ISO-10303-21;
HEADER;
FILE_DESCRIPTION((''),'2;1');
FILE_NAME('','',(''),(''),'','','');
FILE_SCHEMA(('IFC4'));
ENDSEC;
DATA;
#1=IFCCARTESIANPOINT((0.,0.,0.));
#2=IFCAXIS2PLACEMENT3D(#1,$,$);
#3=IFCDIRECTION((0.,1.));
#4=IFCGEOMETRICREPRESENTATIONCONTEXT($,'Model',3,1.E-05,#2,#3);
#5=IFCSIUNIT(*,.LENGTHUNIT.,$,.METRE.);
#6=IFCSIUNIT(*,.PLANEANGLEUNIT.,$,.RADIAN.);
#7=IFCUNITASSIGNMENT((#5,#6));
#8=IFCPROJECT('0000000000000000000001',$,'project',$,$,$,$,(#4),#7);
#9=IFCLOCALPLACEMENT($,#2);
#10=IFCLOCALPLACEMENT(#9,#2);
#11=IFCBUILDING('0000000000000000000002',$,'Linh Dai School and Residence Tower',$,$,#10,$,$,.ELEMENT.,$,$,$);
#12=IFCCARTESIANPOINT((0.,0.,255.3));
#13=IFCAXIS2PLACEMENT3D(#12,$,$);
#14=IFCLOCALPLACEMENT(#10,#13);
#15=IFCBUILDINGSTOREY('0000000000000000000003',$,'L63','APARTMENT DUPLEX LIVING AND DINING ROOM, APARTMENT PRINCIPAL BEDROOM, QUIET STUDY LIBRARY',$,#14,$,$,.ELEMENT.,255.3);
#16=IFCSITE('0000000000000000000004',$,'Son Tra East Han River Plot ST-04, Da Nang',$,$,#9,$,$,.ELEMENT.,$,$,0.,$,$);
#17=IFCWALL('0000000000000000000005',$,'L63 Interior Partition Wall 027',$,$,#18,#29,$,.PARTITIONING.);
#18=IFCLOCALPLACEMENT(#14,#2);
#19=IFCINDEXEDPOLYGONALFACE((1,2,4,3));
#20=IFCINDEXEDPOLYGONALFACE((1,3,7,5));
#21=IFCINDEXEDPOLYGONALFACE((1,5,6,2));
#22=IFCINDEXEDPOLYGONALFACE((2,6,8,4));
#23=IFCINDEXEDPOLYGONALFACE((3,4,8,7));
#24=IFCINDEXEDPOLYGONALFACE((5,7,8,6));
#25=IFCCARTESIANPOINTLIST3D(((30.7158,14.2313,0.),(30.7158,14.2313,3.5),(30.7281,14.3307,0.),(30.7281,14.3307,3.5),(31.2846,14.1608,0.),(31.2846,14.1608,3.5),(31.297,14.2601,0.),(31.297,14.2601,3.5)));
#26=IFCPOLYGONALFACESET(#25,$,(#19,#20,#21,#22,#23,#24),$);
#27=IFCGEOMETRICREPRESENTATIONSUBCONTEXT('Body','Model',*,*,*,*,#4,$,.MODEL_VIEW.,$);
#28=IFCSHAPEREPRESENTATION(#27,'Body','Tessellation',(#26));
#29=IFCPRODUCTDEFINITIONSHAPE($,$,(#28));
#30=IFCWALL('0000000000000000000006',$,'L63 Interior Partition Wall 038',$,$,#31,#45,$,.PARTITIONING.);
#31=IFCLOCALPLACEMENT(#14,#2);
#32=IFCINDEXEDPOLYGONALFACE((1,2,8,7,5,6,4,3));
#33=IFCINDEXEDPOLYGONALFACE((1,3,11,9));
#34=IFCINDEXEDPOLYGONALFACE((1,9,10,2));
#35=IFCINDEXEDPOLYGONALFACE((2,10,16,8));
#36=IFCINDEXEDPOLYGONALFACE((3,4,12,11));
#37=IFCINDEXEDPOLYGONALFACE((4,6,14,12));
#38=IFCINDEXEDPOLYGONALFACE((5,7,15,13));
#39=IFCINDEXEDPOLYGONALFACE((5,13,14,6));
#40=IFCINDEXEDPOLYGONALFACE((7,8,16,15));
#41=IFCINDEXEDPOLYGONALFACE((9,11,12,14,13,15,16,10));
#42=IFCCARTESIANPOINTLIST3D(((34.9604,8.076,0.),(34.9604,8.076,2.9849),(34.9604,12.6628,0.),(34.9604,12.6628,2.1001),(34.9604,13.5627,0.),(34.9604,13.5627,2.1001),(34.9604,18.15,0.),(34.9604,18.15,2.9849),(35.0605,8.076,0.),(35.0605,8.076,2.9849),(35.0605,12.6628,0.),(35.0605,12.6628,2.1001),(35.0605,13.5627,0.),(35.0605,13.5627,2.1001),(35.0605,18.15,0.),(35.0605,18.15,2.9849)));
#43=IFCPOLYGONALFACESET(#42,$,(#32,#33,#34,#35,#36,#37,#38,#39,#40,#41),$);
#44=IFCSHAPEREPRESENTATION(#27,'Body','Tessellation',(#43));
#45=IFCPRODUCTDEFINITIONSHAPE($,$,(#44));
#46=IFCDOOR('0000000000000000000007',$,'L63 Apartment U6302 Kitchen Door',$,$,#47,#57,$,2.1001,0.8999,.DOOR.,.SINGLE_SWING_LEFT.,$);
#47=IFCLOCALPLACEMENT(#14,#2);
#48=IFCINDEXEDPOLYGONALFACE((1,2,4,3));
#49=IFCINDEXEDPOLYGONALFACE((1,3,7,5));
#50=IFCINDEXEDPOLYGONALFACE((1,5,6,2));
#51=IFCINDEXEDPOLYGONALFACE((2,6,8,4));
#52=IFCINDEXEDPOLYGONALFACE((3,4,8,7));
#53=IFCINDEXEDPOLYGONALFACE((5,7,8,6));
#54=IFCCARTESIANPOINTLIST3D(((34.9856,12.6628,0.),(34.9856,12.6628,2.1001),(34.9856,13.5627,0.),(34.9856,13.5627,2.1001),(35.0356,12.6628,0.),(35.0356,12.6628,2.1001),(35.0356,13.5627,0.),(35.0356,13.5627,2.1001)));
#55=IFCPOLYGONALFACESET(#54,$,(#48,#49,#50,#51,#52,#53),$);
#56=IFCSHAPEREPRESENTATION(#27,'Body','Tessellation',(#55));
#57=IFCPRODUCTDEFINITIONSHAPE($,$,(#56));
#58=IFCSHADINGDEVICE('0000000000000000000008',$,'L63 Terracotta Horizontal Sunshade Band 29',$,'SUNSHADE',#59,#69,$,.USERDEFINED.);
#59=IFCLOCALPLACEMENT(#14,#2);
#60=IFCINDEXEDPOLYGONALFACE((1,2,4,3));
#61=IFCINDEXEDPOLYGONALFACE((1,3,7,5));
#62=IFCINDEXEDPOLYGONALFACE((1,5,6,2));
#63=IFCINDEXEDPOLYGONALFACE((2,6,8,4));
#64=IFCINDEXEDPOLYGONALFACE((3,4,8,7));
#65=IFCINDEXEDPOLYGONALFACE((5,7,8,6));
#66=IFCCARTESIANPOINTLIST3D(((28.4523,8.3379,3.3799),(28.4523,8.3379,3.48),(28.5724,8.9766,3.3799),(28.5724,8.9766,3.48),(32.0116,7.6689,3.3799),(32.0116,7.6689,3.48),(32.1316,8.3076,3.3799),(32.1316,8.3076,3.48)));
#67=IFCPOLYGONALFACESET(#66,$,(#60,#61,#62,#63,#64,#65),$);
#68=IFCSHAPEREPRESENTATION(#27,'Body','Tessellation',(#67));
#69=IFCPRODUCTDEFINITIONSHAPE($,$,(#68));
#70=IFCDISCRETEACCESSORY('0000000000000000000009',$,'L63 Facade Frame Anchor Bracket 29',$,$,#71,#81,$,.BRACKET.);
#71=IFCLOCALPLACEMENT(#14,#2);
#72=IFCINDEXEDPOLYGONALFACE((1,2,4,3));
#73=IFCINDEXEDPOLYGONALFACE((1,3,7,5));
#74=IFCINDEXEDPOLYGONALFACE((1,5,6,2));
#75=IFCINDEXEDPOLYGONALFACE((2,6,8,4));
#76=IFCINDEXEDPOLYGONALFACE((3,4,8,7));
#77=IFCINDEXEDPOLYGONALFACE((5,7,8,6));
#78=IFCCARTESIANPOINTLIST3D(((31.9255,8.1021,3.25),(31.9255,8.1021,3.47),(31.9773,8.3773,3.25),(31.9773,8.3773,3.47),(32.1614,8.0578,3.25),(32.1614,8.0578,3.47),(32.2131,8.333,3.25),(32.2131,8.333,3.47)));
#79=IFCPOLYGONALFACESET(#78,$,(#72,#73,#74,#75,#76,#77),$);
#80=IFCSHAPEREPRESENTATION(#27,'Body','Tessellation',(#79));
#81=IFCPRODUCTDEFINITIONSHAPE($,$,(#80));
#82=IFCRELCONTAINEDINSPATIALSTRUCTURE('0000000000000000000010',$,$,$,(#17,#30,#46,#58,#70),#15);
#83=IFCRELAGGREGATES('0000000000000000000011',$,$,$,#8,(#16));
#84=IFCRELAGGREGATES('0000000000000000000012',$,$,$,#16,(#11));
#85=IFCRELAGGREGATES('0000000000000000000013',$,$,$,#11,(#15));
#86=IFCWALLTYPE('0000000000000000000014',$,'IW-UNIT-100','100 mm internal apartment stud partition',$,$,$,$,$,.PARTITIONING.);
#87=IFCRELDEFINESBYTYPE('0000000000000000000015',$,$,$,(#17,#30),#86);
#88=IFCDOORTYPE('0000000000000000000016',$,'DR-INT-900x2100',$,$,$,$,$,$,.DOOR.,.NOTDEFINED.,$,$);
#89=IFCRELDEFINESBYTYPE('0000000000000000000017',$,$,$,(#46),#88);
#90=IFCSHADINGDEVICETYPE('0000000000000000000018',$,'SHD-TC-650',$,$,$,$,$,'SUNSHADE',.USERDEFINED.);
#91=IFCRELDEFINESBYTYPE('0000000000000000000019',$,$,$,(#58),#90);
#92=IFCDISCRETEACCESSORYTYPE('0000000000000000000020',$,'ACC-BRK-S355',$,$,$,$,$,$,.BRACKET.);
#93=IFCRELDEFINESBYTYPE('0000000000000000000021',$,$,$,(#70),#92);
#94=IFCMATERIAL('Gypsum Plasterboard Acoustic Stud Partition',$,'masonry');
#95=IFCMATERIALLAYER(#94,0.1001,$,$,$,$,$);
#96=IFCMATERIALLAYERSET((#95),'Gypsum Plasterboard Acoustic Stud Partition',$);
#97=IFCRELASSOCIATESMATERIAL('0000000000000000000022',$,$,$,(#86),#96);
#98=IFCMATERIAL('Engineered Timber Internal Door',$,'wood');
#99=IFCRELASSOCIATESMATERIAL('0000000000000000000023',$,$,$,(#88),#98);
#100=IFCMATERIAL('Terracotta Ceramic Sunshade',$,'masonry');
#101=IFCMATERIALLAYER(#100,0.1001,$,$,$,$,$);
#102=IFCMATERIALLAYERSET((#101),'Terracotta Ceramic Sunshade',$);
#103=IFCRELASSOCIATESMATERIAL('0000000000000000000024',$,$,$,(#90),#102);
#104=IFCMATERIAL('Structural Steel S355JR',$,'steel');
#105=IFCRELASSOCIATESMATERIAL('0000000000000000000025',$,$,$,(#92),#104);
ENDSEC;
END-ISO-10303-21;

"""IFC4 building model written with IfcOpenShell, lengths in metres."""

from ifc_helpers import new_model, si_unit, direction, frame, frame_2d, origin, origin_2d, place, context, subcontext, project, spatial, rectangle, extrude, source, transform, mapped, material, layer, layer_set, type_object, element, fill, save


model = new_model("IFC4")

# Units and contexts
model_context = context("Model", 3, precision=1e-05, world=origin(), true_north=direction((0.0, 1.0)))
body_context = subcontext(model_context, "Body", "Model", "MODEL_VIEW")
ifc_project = project(units=[si_unit("LENGTHUNIT", "METRE"), si_unit("PLANEANGLEUNIT", "RADIAN")], contexts=[model_context])

# Site, building, storey
site_placement = place(None, origin())
site = spatial("IfcSite", under=ifc_project, at=site_placement, Name="Son Tra East Han River Plot ST-04, Da Nang", CompositionType="ELEMENT", RefElevation=0.0)
building_placement = place(site_placement, origin())
building = spatial("IfcBuilding", under=site, at=building_placement, Name="Linh Dai School and Residence Tower", CompositionType="ELEMENT")
storey_placement = place(building_placement, frame((0.0, 0.0, 255.3)))
storey = spatial("IfcBuildingStorey", under=building, at=storey_placement, Name="L63", Description="APARTMENT DUPLEX LIVING AND DINING ROOM, APARTMENT PRINCIPAL BEDROOM, QUIET STUDY LIBRARY", CompositionType="ELEMENT", Elevation=255.3)

# Shared definitions
ifc_material_1 = material(Name="Structural Steel S355JR", Category="steel")

# Shared definitions
ifc_material_2 = material(Name="Gypsum Plasterboard Acoustic Stud Partition", Category="masonry")
ifc_layer_1 = layer(ifc_material_2, 0.1001)
ifc_layer_set_1 = layer_set([ifc_layer_1], Name="Gypsum Plasterboard Acoustic Stud Partition")
wall_type_1 = type_object("IfcWallType", Name="IW-UNIT-100", Description="100 mm internal apartment stud partition", PredefinedType="PARTITIONING", material=ifc_layer_set_1)

# Shared definitions
ifc_material_3 = material(Name="Engineered Timber Internal Door", Category="wood")
door_type_1 = type_object("IfcDoorType", Name="DR-INT-900x2100", OperationType="NOTDEFINED", PredefinedType="DOOR", material=ifc_material_3)
shared_shape_1 = source(origin(), body_context, "Body", "SweptSolid", [
    extrude(rectangle(XDim=0.8999, YDim=2.1001, at=origin_2d()), frame((0.45, 0.0249, 1.05), z_axis=(0.0, -1.0, 0.0), x_axis=(1.0, 0.0, 0.0)), (0.0, 0.0, 1.0), 0.05),
])

# Wall
wall_1_placement = place(storey_placement, frame((30.7219, 14.281, 0.0), z_axis=(0.0, 0.0, 1.0), x_axis=(0.992395, -0.123091, 0.0)))
element("IfcWall", 1, at=wall_1_placement, inside=storey, type_object=wall_type_1, Name="L63 Interior Partition Wall 027", PredefinedType="PARTITIONING", context=body_context, shape_type="SweptSolid", body=[
    extrude(rectangle(XDim=0.5732, YDim=0.1001, at=frame_2d((0.2866, 0.0))), origin(), (0.0, 0.0, 1.0), 3.5),
])

# Wall, opening, door
wall_2_placement = place(storey_placement, frame((35.0105, 8.0759, 0.0), z_axis=(0.0, 0.0, 1.0), x_axis=(0.0, 1.0, 0.0)))
wall_2 = element("IfcWall", 2, at=wall_2_placement, inside=storey, type_object=wall_type_1, Name="L63 Interior Partition Wall 038", PredefinedType="PARTITIONING", context=body_context, shape_type="SweptSolid", body=[
    extrude(rectangle(XDim=10.074, YDim=0.1001, at=frame_2d((5.0371, 0.0))), origin(), (0.0, 0.0, 1.0), 2.9849),
])
opening_1_placement = place(wall_2_placement, frame((4.5869, 0.0, 0.0)))
opening_1 = element("IfcOpeningElement", 3, at=opening_1_placement, cuts=wall_2, PredefinedType="OPENING", context=body_context, shape_type="SweptSolid", body=[
    extrude(rectangle(XDim=0.8999, YDim=2.1001, at=origin_2d()), frame((0.45, 0.0601, 1.05), z_axis=(0.0, -1.0, 0.0), x_axis=(1.0, 0.0, 0.0)), (0.0, 0.0, 1.0), 0.1201),
])
door_1_placement = place(opening_1_placement, origin())
door_1 = element("IfcDoor", 4, at=door_1_placement, inside=storey, type_object=door_type_1, Name="L63 Apartment U6302 Kitchen Door", OperationType="SINGLE_SWING_LEFT", OverallHeight=2.1001, OverallWidth=0.8999, PredefinedType="DOOR", context=body_context, shape_type="MappedRepresentation", body=[
    mapped(shared_shape_1, transform((0.0, 0.0, 0.0), x_axis=(1.0, 0.0, 0.0), y_axis=(0.0, 1.0, 0.0), z_axis=(0.0, 0.0, 1.0), scale=1.0)),
])
fill(opening_1, door_1)

# Shading device
ifc_material_4 = material(Name="Terracotta Ceramic Sunshade", Category="masonry")
ifc_layer_2 = layer(ifc_material_4, 0.1001)
ifc_layer_set_2 = layer_set([ifc_layer_2], Name="Terracotta Ceramic Sunshade")
shading_device_type = type_object("IfcShadingDeviceType", Name="SHD-TC-650", ElementType="SUNSHADE", PredefinedType="USERDEFINED", material=ifc_layer_set_2)
shared_shape_2 = source(origin(), body_context, "Body", "SweptSolid", [
    extrude(rectangle(XDim=3.6216, YDim=0.6499, at=origin_2d()), origin(), (0.0, 0.0, 1.0), 0.1001),
])
shading_device_placement = place(storey_placement, frame((30.292, 8.3228, 3.3799), z_axis=(0.0, 0.0, 1.0), x_axis=(-0.982787, 0.184744, 0.0)))
element("IfcShadingDevice", 5, at=shading_device_placement, inside=storey, type_object=shading_device_type, Name="L63 Terracotta Horizontal Sunshade Band 29", ObjectType="SUNSHADE", PredefinedType="USERDEFINED", context=body_context, shape_type="MappedRepresentation", body=[
    mapped(shared_shape_2, transform((0.0, 0.0, 0.0), x_axis=(1.0, 0.0, 0.0), y_axis=(0.0, 1.0, 0.0), z_axis=(0.0, 0.0, 1.0), scale=1.0)),
])

# Discrete accessory
discrete_accessory_type = type_object("IfcDiscreteAccessoryType", Name="ACC-BRK-S355", PredefinedType="BRACKET", material=ifc_material_1)
shared_shape_3 = source(origin(), body_context, "Body", "SweptSolid", [
    extrude(rectangle(XDim=0.28, YDim=0.24, at=origin_2d()), origin(), (0.0, 0.0, 1.0), 0.22),
])
discrete_accessory_placement = place(storey_placement, frame((32.0693, 8.2175, 3.25), z_axis=(0.0, 0.0, 1.0), x_axis=(-0.184744, -0.982787, 0.0)))
element("IfcDiscreteAccessory", 6, at=discrete_accessory_placement, inside=storey, type_object=discrete_accessory_type, Name="L63 Facade Frame Anchor Bracket 29", PredefinedType="BRACKET", context=body_context, shape_type="MappedRepresentation", body=[
    mapped(shared_shape_3, transform((0.0, 0.0, 0.0), x_axis=(1.0, 0.0, 0.0), y_axis=(0.0, 1.0, 0.0), z_axis=(0.0, 0.0, 1.0), scale=1.0)),
])

save(model, "model.ifc")
